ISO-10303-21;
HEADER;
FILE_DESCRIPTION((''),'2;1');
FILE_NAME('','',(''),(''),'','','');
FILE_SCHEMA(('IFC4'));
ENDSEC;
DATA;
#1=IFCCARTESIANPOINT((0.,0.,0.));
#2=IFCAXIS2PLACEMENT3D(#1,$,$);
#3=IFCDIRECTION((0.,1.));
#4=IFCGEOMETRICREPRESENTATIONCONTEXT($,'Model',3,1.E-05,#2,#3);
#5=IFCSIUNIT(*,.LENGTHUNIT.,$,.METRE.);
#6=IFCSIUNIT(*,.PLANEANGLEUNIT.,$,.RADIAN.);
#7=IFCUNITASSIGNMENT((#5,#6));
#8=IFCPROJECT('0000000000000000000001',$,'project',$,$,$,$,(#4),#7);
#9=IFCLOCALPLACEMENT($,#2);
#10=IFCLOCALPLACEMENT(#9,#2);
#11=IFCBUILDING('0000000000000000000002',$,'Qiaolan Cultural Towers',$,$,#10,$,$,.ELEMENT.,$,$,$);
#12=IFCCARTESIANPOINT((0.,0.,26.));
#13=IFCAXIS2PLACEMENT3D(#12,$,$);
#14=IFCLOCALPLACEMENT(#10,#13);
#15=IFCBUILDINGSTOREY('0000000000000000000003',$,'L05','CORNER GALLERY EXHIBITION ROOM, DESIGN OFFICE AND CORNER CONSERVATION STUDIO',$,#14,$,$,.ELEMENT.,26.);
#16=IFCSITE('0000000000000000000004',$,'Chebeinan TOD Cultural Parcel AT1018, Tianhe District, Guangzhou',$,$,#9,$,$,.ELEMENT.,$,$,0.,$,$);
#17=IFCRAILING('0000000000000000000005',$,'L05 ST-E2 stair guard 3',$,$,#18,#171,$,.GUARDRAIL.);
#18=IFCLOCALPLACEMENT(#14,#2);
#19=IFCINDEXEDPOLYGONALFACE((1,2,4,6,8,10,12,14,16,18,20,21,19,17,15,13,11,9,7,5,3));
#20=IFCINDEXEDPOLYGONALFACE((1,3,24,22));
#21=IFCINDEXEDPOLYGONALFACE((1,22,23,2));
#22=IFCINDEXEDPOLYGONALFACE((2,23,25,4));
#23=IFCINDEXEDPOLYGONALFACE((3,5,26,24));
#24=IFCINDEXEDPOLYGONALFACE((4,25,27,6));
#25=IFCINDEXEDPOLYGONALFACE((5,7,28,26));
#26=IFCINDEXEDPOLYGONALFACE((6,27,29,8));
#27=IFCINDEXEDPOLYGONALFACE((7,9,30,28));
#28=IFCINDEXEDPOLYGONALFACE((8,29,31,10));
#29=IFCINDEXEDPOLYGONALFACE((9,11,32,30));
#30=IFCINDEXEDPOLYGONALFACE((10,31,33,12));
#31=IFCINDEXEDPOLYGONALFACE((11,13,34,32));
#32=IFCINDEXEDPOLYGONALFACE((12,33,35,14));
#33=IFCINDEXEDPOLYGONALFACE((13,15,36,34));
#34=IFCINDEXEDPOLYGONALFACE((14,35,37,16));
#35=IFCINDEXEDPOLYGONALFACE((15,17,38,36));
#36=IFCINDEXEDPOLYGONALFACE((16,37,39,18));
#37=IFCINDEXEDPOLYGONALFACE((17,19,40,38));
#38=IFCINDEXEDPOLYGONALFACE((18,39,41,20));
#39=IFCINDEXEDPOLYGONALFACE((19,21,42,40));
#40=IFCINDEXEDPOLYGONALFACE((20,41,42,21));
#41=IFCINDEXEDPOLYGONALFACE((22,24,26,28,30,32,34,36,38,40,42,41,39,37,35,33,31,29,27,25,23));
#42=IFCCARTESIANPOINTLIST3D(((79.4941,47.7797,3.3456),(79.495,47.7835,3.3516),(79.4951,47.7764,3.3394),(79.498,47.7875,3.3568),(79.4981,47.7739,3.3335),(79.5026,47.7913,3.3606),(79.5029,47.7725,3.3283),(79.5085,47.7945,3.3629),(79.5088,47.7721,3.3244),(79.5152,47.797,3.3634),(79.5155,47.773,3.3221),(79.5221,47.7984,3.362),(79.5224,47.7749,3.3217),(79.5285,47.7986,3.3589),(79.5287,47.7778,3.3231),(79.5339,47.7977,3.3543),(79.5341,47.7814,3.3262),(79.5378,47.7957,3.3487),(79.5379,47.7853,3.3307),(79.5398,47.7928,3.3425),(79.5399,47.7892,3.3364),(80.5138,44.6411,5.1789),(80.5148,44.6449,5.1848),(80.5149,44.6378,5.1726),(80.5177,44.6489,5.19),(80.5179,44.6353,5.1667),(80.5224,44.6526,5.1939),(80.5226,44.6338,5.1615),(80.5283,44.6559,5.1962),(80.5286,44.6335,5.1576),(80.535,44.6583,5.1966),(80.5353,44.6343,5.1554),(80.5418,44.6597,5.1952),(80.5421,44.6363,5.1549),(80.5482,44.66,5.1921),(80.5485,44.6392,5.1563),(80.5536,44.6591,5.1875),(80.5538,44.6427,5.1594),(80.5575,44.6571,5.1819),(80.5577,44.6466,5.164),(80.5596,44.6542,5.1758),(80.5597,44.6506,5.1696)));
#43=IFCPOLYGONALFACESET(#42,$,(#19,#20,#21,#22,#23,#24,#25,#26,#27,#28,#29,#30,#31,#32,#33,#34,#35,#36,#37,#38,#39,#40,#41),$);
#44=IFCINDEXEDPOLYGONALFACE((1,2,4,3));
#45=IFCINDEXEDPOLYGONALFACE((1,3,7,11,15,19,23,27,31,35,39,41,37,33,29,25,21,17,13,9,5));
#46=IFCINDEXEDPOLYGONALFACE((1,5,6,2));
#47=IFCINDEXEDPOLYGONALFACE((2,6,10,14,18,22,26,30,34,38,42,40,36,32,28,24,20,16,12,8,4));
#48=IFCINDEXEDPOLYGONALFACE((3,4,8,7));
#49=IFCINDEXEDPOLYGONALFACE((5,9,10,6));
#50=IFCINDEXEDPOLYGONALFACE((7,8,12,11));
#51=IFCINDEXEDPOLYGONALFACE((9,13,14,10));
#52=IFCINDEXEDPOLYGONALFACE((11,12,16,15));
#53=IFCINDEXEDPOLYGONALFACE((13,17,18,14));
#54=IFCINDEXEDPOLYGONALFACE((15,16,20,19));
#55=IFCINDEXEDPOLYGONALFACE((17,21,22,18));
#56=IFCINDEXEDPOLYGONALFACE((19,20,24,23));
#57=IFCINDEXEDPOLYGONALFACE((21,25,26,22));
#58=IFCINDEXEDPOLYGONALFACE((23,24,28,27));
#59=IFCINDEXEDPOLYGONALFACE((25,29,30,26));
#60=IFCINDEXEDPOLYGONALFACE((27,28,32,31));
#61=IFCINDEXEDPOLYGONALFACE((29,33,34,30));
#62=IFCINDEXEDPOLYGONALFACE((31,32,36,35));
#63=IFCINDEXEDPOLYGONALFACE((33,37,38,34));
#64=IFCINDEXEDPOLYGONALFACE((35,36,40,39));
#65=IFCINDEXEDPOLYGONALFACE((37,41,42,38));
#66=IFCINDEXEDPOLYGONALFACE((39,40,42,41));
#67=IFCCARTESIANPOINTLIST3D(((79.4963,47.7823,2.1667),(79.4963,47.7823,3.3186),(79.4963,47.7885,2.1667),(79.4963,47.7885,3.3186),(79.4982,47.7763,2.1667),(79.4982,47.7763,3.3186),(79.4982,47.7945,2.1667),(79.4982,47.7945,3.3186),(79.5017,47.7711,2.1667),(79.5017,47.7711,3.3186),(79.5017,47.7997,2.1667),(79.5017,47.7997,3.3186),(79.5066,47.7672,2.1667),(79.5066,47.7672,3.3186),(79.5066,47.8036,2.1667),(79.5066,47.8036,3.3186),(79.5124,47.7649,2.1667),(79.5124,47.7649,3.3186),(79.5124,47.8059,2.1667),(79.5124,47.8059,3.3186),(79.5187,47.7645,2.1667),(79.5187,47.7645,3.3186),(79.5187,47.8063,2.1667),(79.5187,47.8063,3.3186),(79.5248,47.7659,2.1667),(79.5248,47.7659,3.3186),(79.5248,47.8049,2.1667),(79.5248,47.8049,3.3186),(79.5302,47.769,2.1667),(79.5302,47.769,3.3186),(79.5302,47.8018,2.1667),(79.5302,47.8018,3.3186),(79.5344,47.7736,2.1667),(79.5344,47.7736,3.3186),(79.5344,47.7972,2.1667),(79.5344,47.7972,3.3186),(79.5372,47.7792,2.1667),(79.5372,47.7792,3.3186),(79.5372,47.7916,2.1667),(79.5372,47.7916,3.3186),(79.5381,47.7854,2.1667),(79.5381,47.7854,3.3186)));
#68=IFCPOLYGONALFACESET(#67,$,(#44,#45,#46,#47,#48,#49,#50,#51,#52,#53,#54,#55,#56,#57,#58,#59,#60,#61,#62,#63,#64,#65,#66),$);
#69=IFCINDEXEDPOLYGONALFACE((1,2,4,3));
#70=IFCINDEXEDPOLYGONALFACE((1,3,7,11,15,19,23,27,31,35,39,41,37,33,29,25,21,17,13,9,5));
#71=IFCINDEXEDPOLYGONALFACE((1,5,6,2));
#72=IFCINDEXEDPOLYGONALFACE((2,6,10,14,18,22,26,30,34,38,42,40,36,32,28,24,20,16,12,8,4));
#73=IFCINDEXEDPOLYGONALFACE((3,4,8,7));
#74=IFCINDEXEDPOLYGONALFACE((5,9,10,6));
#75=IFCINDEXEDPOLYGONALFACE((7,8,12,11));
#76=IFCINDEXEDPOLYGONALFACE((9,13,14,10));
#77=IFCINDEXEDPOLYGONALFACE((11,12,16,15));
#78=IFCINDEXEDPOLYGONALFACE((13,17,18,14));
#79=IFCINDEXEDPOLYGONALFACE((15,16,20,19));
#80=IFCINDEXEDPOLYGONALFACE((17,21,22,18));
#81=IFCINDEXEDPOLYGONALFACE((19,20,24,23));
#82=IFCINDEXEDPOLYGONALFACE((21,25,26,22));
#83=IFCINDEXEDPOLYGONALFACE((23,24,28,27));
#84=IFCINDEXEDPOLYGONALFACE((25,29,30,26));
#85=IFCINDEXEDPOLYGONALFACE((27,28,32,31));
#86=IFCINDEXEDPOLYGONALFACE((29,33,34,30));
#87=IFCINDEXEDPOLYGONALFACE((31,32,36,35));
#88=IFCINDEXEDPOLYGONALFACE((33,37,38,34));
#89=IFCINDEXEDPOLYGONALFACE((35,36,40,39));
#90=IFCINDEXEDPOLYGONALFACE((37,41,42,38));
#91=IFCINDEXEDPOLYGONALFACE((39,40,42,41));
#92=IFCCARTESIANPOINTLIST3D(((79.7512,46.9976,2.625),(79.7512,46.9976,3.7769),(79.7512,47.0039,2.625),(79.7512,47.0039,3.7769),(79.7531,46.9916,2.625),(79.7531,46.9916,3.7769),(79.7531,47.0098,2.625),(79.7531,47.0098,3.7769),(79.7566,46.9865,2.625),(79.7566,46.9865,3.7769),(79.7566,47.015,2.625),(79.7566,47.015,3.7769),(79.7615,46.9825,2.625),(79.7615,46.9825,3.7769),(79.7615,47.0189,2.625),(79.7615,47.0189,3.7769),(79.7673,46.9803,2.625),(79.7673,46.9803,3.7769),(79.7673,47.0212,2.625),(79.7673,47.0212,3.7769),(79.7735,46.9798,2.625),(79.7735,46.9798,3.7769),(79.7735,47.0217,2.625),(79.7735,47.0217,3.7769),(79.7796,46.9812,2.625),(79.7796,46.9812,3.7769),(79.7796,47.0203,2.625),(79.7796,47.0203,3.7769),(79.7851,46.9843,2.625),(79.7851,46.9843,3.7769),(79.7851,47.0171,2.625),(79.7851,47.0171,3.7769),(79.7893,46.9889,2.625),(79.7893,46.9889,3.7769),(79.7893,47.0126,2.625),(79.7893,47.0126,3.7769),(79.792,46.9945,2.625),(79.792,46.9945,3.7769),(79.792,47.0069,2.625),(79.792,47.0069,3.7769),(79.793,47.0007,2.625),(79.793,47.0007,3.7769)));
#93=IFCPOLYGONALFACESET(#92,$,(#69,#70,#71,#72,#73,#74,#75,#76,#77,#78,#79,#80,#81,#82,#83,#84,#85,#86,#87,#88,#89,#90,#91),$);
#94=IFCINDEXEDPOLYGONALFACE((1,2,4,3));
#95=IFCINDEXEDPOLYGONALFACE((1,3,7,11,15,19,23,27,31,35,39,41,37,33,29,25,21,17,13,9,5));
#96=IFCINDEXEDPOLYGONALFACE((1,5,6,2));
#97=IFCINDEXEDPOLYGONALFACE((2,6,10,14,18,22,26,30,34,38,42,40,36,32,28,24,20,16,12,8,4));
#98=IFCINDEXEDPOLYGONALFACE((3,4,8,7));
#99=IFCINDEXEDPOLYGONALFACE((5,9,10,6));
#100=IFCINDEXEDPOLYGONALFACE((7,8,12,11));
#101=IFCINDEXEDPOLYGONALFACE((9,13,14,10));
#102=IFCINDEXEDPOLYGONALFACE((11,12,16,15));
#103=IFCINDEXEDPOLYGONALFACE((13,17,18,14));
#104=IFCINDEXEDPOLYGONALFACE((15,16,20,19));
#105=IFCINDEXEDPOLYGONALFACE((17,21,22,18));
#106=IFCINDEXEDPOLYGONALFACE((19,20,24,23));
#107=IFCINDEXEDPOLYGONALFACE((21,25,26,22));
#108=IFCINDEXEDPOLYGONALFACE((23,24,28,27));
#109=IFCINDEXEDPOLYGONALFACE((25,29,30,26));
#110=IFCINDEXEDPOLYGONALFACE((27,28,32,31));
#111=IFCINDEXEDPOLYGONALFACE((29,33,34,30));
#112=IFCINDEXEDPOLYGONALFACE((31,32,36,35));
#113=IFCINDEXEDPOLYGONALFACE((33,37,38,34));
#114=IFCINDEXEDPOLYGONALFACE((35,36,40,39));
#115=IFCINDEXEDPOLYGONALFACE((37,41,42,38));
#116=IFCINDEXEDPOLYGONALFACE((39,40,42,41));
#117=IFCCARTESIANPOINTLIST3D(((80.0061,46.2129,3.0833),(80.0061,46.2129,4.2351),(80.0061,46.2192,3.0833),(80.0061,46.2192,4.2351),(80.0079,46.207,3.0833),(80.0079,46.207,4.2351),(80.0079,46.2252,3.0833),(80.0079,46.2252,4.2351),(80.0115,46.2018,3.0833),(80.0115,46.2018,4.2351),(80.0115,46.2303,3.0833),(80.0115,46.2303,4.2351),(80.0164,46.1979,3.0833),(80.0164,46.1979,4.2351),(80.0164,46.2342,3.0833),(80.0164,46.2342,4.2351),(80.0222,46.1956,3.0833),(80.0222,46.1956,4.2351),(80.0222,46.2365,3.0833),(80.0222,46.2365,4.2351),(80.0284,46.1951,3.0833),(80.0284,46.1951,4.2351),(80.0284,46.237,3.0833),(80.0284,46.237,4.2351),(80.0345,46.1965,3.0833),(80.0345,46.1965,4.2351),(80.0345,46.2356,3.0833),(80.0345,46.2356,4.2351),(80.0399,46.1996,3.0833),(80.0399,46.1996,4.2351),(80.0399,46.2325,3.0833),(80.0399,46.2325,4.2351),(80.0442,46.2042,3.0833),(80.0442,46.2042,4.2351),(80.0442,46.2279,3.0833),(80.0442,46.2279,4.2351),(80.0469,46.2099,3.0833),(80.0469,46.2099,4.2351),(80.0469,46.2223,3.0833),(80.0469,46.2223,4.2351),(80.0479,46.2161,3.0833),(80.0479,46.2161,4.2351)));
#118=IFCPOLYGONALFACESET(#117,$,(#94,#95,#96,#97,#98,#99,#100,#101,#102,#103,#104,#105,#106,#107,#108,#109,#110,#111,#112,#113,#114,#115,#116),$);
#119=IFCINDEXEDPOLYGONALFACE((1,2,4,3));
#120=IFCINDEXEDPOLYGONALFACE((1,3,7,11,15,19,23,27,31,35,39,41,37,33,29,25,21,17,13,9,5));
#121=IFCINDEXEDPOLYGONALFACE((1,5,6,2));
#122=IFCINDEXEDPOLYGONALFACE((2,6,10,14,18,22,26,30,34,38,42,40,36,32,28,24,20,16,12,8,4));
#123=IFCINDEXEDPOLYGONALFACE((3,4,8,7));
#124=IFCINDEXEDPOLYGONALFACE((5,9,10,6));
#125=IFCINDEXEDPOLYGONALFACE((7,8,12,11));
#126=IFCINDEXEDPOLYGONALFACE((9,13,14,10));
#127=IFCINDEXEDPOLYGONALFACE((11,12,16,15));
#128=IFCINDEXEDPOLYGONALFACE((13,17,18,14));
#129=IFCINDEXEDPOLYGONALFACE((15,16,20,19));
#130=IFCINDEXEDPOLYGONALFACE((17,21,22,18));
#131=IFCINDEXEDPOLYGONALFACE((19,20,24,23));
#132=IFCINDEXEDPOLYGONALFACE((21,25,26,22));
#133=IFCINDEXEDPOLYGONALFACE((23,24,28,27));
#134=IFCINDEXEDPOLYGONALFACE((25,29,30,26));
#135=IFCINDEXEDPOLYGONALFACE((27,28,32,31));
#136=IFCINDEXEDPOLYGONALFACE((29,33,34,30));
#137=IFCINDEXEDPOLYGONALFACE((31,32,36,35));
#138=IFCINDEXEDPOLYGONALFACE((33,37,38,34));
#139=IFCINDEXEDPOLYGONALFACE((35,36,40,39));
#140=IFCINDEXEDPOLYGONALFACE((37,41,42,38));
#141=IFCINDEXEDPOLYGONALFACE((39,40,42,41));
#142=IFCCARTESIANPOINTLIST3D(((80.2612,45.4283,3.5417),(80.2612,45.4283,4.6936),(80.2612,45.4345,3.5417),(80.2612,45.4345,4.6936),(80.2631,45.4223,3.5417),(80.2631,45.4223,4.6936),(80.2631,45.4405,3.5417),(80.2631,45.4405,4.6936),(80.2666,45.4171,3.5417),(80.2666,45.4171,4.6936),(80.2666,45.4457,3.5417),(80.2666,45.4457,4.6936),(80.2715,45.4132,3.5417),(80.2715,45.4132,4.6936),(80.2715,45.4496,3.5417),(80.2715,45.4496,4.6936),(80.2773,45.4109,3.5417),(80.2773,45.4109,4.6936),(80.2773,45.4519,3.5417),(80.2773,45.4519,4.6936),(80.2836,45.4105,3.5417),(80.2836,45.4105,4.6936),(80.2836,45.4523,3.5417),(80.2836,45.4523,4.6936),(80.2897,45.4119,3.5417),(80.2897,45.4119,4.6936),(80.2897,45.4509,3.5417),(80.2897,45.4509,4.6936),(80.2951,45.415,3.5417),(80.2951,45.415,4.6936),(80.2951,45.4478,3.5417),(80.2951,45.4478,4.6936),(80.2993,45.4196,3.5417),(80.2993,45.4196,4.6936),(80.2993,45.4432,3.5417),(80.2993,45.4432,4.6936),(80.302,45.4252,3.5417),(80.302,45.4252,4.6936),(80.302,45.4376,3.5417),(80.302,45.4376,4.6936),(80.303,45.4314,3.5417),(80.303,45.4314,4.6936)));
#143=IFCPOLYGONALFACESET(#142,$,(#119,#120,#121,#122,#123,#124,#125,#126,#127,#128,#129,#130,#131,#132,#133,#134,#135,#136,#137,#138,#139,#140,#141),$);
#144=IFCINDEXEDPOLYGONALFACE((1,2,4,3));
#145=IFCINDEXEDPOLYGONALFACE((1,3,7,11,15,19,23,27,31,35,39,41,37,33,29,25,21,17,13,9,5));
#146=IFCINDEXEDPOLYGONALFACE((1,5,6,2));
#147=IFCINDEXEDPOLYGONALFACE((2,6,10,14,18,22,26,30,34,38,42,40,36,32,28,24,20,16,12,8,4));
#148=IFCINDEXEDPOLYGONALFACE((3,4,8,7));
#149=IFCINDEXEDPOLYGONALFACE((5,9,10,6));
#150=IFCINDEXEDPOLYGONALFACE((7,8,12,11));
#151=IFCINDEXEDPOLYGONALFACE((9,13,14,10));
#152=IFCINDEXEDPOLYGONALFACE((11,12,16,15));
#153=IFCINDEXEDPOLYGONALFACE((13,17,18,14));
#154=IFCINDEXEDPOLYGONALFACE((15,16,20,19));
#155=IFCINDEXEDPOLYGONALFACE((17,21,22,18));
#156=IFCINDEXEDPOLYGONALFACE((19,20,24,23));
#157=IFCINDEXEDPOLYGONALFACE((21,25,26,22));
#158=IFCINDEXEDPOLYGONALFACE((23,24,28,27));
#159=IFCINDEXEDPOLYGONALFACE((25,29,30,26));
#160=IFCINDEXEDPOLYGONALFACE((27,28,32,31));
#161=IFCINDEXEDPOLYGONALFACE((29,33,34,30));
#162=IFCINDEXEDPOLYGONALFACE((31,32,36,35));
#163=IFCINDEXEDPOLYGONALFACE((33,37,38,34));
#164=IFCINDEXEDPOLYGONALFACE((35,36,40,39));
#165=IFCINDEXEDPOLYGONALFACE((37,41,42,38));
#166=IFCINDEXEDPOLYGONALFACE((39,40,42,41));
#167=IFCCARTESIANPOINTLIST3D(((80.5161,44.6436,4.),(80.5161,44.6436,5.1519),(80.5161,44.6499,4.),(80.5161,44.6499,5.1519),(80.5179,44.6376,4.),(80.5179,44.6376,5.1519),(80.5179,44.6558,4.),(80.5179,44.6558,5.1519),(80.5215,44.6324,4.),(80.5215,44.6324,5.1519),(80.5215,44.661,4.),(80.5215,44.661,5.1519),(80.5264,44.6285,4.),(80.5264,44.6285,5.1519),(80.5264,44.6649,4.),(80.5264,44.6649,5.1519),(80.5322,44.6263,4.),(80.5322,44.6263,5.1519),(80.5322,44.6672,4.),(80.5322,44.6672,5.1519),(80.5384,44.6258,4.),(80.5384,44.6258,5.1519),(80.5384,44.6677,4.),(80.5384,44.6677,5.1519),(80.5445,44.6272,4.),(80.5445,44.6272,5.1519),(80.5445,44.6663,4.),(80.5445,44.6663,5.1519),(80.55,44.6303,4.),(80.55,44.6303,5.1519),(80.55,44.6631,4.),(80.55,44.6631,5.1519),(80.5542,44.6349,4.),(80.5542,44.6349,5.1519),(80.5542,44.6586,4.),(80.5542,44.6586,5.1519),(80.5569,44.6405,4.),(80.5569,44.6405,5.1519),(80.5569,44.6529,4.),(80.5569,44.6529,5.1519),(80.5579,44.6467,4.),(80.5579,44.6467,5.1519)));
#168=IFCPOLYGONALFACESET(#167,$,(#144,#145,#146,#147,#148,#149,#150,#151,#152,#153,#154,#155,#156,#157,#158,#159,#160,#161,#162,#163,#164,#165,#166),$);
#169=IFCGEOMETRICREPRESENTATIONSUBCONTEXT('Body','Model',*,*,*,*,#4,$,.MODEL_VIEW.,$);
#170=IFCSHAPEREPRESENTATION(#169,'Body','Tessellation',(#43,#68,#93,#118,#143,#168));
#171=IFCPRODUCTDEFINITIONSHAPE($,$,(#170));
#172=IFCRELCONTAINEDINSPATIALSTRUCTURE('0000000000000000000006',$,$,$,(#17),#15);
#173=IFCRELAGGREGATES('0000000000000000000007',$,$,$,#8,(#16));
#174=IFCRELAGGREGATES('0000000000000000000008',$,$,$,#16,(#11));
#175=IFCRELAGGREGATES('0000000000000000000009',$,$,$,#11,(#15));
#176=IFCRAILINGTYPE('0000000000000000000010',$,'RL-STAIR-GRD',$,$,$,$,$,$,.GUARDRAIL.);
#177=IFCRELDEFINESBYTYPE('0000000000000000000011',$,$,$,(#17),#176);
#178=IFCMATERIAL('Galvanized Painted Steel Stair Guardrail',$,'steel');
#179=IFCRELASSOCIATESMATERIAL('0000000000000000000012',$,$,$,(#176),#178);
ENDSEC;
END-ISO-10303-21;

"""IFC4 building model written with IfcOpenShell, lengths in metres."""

from ifc_helpers import new_model, si_unit, direction, frame, origin, origin_2d, place, context, subcontext, project, spatial, circle, extrude, material, type_object, element, save


model = new_model("IFC4")

# Units and contexts
model_context = context("Model", 3, precision=1e-05, world=origin(), true_north=direction((0.0, 1.0)))
body_context = subcontext(model_context, "Body", "Model", "MODEL_VIEW")
ifc_project = project(units=[si_unit("LENGTHUNIT", "METRE"), si_unit("PLANEANGLEUNIT", "RADIAN")], contexts=[model_context])

# Site, building, storey
site_placement = place(None, origin())
site = spatial("IfcSite", under=ifc_project, at=site_placement, Name="Chebeinan TOD Cultural Parcel AT1018, Tianhe District, Guangzhou", CompositionType="ELEMENT", RefElevation=0.0)
building_placement = place(site_placement, origin())
building = spatial("IfcBuilding", under=site, at=building_placement, Name="Qiaolan Cultural Towers", CompositionType="ELEMENT")
storey_placement = place(building_placement, frame((0.0, 0.0, 26.0)))
storey = spatial("IfcBuildingStorey", under=building, at=storey_placement, Name="L05", Description="CORNER GALLERY EXHIBITION ROOM, DESIGN OFFICE AND CORNER CONSERVATION STUDIO", CompositionType="ELEMENT", Elevation=26.0)

# Railing
ifc_material_1 = material(Name="Galvanized Painted Steel Stair Guardrail", Category="steel")
railing_type_1 = type_object("IfcRailingType", Name="RL-STAIR-GRD", PredefinedType="GUARDRAIL", material=ifc_material_1)
railing_1_placement = place(storey_placement, frame((79.5171, 47.7854, 2.1667)))
element("IfcRailing", 1, at=railing_1_placement, inside=storey, type_object=railing_type_1, Name="L05 ST-E2 stair guard 3", PredefinedType="GUARDRAIL", context=body_context, shape_type="SweptSolid", body=[
    extrude(circle(Radius=0.0239, at=origin_2d()), frame((0.0, 0.0, 1.1758), z_axis=(0.270126, -0.831396, 0.485606), x_axis=(0.95106, 0.309006, 0.0)), (0.0, 0.0, 1.0), 3.7751),
    extrude(circle(Radius=0.021, at=origin_2d()), origin(), (0.0, 0.0, 1.0), 1.1519),
    extrude(circle(Radius=0.021, at=origin_2d()), frame((0.2549, -0.7847, 0.4583)), (0.0, 0.0, 1.0), 1.1519),
    extrude(circle(Radius=0.021, at=origin_2d()), frame((0.5098, -1.5693, 0.9165)), (0.0, 0.0, 1.0), 1.1519),
    extrude(circle(Radius=0.021, at=origin_2d()), frame((0.7649, -2.354, 1.375)), (0.0, 0.0, 1.0), 1.1519),
    extrude(circle(Radius=0.021, at=origin_2d()), frame((1.0198, -3.1387, 1.8333)), (0.0, 0.0, 1.0), 1.1519),
])

save(model, "model.ifc")
